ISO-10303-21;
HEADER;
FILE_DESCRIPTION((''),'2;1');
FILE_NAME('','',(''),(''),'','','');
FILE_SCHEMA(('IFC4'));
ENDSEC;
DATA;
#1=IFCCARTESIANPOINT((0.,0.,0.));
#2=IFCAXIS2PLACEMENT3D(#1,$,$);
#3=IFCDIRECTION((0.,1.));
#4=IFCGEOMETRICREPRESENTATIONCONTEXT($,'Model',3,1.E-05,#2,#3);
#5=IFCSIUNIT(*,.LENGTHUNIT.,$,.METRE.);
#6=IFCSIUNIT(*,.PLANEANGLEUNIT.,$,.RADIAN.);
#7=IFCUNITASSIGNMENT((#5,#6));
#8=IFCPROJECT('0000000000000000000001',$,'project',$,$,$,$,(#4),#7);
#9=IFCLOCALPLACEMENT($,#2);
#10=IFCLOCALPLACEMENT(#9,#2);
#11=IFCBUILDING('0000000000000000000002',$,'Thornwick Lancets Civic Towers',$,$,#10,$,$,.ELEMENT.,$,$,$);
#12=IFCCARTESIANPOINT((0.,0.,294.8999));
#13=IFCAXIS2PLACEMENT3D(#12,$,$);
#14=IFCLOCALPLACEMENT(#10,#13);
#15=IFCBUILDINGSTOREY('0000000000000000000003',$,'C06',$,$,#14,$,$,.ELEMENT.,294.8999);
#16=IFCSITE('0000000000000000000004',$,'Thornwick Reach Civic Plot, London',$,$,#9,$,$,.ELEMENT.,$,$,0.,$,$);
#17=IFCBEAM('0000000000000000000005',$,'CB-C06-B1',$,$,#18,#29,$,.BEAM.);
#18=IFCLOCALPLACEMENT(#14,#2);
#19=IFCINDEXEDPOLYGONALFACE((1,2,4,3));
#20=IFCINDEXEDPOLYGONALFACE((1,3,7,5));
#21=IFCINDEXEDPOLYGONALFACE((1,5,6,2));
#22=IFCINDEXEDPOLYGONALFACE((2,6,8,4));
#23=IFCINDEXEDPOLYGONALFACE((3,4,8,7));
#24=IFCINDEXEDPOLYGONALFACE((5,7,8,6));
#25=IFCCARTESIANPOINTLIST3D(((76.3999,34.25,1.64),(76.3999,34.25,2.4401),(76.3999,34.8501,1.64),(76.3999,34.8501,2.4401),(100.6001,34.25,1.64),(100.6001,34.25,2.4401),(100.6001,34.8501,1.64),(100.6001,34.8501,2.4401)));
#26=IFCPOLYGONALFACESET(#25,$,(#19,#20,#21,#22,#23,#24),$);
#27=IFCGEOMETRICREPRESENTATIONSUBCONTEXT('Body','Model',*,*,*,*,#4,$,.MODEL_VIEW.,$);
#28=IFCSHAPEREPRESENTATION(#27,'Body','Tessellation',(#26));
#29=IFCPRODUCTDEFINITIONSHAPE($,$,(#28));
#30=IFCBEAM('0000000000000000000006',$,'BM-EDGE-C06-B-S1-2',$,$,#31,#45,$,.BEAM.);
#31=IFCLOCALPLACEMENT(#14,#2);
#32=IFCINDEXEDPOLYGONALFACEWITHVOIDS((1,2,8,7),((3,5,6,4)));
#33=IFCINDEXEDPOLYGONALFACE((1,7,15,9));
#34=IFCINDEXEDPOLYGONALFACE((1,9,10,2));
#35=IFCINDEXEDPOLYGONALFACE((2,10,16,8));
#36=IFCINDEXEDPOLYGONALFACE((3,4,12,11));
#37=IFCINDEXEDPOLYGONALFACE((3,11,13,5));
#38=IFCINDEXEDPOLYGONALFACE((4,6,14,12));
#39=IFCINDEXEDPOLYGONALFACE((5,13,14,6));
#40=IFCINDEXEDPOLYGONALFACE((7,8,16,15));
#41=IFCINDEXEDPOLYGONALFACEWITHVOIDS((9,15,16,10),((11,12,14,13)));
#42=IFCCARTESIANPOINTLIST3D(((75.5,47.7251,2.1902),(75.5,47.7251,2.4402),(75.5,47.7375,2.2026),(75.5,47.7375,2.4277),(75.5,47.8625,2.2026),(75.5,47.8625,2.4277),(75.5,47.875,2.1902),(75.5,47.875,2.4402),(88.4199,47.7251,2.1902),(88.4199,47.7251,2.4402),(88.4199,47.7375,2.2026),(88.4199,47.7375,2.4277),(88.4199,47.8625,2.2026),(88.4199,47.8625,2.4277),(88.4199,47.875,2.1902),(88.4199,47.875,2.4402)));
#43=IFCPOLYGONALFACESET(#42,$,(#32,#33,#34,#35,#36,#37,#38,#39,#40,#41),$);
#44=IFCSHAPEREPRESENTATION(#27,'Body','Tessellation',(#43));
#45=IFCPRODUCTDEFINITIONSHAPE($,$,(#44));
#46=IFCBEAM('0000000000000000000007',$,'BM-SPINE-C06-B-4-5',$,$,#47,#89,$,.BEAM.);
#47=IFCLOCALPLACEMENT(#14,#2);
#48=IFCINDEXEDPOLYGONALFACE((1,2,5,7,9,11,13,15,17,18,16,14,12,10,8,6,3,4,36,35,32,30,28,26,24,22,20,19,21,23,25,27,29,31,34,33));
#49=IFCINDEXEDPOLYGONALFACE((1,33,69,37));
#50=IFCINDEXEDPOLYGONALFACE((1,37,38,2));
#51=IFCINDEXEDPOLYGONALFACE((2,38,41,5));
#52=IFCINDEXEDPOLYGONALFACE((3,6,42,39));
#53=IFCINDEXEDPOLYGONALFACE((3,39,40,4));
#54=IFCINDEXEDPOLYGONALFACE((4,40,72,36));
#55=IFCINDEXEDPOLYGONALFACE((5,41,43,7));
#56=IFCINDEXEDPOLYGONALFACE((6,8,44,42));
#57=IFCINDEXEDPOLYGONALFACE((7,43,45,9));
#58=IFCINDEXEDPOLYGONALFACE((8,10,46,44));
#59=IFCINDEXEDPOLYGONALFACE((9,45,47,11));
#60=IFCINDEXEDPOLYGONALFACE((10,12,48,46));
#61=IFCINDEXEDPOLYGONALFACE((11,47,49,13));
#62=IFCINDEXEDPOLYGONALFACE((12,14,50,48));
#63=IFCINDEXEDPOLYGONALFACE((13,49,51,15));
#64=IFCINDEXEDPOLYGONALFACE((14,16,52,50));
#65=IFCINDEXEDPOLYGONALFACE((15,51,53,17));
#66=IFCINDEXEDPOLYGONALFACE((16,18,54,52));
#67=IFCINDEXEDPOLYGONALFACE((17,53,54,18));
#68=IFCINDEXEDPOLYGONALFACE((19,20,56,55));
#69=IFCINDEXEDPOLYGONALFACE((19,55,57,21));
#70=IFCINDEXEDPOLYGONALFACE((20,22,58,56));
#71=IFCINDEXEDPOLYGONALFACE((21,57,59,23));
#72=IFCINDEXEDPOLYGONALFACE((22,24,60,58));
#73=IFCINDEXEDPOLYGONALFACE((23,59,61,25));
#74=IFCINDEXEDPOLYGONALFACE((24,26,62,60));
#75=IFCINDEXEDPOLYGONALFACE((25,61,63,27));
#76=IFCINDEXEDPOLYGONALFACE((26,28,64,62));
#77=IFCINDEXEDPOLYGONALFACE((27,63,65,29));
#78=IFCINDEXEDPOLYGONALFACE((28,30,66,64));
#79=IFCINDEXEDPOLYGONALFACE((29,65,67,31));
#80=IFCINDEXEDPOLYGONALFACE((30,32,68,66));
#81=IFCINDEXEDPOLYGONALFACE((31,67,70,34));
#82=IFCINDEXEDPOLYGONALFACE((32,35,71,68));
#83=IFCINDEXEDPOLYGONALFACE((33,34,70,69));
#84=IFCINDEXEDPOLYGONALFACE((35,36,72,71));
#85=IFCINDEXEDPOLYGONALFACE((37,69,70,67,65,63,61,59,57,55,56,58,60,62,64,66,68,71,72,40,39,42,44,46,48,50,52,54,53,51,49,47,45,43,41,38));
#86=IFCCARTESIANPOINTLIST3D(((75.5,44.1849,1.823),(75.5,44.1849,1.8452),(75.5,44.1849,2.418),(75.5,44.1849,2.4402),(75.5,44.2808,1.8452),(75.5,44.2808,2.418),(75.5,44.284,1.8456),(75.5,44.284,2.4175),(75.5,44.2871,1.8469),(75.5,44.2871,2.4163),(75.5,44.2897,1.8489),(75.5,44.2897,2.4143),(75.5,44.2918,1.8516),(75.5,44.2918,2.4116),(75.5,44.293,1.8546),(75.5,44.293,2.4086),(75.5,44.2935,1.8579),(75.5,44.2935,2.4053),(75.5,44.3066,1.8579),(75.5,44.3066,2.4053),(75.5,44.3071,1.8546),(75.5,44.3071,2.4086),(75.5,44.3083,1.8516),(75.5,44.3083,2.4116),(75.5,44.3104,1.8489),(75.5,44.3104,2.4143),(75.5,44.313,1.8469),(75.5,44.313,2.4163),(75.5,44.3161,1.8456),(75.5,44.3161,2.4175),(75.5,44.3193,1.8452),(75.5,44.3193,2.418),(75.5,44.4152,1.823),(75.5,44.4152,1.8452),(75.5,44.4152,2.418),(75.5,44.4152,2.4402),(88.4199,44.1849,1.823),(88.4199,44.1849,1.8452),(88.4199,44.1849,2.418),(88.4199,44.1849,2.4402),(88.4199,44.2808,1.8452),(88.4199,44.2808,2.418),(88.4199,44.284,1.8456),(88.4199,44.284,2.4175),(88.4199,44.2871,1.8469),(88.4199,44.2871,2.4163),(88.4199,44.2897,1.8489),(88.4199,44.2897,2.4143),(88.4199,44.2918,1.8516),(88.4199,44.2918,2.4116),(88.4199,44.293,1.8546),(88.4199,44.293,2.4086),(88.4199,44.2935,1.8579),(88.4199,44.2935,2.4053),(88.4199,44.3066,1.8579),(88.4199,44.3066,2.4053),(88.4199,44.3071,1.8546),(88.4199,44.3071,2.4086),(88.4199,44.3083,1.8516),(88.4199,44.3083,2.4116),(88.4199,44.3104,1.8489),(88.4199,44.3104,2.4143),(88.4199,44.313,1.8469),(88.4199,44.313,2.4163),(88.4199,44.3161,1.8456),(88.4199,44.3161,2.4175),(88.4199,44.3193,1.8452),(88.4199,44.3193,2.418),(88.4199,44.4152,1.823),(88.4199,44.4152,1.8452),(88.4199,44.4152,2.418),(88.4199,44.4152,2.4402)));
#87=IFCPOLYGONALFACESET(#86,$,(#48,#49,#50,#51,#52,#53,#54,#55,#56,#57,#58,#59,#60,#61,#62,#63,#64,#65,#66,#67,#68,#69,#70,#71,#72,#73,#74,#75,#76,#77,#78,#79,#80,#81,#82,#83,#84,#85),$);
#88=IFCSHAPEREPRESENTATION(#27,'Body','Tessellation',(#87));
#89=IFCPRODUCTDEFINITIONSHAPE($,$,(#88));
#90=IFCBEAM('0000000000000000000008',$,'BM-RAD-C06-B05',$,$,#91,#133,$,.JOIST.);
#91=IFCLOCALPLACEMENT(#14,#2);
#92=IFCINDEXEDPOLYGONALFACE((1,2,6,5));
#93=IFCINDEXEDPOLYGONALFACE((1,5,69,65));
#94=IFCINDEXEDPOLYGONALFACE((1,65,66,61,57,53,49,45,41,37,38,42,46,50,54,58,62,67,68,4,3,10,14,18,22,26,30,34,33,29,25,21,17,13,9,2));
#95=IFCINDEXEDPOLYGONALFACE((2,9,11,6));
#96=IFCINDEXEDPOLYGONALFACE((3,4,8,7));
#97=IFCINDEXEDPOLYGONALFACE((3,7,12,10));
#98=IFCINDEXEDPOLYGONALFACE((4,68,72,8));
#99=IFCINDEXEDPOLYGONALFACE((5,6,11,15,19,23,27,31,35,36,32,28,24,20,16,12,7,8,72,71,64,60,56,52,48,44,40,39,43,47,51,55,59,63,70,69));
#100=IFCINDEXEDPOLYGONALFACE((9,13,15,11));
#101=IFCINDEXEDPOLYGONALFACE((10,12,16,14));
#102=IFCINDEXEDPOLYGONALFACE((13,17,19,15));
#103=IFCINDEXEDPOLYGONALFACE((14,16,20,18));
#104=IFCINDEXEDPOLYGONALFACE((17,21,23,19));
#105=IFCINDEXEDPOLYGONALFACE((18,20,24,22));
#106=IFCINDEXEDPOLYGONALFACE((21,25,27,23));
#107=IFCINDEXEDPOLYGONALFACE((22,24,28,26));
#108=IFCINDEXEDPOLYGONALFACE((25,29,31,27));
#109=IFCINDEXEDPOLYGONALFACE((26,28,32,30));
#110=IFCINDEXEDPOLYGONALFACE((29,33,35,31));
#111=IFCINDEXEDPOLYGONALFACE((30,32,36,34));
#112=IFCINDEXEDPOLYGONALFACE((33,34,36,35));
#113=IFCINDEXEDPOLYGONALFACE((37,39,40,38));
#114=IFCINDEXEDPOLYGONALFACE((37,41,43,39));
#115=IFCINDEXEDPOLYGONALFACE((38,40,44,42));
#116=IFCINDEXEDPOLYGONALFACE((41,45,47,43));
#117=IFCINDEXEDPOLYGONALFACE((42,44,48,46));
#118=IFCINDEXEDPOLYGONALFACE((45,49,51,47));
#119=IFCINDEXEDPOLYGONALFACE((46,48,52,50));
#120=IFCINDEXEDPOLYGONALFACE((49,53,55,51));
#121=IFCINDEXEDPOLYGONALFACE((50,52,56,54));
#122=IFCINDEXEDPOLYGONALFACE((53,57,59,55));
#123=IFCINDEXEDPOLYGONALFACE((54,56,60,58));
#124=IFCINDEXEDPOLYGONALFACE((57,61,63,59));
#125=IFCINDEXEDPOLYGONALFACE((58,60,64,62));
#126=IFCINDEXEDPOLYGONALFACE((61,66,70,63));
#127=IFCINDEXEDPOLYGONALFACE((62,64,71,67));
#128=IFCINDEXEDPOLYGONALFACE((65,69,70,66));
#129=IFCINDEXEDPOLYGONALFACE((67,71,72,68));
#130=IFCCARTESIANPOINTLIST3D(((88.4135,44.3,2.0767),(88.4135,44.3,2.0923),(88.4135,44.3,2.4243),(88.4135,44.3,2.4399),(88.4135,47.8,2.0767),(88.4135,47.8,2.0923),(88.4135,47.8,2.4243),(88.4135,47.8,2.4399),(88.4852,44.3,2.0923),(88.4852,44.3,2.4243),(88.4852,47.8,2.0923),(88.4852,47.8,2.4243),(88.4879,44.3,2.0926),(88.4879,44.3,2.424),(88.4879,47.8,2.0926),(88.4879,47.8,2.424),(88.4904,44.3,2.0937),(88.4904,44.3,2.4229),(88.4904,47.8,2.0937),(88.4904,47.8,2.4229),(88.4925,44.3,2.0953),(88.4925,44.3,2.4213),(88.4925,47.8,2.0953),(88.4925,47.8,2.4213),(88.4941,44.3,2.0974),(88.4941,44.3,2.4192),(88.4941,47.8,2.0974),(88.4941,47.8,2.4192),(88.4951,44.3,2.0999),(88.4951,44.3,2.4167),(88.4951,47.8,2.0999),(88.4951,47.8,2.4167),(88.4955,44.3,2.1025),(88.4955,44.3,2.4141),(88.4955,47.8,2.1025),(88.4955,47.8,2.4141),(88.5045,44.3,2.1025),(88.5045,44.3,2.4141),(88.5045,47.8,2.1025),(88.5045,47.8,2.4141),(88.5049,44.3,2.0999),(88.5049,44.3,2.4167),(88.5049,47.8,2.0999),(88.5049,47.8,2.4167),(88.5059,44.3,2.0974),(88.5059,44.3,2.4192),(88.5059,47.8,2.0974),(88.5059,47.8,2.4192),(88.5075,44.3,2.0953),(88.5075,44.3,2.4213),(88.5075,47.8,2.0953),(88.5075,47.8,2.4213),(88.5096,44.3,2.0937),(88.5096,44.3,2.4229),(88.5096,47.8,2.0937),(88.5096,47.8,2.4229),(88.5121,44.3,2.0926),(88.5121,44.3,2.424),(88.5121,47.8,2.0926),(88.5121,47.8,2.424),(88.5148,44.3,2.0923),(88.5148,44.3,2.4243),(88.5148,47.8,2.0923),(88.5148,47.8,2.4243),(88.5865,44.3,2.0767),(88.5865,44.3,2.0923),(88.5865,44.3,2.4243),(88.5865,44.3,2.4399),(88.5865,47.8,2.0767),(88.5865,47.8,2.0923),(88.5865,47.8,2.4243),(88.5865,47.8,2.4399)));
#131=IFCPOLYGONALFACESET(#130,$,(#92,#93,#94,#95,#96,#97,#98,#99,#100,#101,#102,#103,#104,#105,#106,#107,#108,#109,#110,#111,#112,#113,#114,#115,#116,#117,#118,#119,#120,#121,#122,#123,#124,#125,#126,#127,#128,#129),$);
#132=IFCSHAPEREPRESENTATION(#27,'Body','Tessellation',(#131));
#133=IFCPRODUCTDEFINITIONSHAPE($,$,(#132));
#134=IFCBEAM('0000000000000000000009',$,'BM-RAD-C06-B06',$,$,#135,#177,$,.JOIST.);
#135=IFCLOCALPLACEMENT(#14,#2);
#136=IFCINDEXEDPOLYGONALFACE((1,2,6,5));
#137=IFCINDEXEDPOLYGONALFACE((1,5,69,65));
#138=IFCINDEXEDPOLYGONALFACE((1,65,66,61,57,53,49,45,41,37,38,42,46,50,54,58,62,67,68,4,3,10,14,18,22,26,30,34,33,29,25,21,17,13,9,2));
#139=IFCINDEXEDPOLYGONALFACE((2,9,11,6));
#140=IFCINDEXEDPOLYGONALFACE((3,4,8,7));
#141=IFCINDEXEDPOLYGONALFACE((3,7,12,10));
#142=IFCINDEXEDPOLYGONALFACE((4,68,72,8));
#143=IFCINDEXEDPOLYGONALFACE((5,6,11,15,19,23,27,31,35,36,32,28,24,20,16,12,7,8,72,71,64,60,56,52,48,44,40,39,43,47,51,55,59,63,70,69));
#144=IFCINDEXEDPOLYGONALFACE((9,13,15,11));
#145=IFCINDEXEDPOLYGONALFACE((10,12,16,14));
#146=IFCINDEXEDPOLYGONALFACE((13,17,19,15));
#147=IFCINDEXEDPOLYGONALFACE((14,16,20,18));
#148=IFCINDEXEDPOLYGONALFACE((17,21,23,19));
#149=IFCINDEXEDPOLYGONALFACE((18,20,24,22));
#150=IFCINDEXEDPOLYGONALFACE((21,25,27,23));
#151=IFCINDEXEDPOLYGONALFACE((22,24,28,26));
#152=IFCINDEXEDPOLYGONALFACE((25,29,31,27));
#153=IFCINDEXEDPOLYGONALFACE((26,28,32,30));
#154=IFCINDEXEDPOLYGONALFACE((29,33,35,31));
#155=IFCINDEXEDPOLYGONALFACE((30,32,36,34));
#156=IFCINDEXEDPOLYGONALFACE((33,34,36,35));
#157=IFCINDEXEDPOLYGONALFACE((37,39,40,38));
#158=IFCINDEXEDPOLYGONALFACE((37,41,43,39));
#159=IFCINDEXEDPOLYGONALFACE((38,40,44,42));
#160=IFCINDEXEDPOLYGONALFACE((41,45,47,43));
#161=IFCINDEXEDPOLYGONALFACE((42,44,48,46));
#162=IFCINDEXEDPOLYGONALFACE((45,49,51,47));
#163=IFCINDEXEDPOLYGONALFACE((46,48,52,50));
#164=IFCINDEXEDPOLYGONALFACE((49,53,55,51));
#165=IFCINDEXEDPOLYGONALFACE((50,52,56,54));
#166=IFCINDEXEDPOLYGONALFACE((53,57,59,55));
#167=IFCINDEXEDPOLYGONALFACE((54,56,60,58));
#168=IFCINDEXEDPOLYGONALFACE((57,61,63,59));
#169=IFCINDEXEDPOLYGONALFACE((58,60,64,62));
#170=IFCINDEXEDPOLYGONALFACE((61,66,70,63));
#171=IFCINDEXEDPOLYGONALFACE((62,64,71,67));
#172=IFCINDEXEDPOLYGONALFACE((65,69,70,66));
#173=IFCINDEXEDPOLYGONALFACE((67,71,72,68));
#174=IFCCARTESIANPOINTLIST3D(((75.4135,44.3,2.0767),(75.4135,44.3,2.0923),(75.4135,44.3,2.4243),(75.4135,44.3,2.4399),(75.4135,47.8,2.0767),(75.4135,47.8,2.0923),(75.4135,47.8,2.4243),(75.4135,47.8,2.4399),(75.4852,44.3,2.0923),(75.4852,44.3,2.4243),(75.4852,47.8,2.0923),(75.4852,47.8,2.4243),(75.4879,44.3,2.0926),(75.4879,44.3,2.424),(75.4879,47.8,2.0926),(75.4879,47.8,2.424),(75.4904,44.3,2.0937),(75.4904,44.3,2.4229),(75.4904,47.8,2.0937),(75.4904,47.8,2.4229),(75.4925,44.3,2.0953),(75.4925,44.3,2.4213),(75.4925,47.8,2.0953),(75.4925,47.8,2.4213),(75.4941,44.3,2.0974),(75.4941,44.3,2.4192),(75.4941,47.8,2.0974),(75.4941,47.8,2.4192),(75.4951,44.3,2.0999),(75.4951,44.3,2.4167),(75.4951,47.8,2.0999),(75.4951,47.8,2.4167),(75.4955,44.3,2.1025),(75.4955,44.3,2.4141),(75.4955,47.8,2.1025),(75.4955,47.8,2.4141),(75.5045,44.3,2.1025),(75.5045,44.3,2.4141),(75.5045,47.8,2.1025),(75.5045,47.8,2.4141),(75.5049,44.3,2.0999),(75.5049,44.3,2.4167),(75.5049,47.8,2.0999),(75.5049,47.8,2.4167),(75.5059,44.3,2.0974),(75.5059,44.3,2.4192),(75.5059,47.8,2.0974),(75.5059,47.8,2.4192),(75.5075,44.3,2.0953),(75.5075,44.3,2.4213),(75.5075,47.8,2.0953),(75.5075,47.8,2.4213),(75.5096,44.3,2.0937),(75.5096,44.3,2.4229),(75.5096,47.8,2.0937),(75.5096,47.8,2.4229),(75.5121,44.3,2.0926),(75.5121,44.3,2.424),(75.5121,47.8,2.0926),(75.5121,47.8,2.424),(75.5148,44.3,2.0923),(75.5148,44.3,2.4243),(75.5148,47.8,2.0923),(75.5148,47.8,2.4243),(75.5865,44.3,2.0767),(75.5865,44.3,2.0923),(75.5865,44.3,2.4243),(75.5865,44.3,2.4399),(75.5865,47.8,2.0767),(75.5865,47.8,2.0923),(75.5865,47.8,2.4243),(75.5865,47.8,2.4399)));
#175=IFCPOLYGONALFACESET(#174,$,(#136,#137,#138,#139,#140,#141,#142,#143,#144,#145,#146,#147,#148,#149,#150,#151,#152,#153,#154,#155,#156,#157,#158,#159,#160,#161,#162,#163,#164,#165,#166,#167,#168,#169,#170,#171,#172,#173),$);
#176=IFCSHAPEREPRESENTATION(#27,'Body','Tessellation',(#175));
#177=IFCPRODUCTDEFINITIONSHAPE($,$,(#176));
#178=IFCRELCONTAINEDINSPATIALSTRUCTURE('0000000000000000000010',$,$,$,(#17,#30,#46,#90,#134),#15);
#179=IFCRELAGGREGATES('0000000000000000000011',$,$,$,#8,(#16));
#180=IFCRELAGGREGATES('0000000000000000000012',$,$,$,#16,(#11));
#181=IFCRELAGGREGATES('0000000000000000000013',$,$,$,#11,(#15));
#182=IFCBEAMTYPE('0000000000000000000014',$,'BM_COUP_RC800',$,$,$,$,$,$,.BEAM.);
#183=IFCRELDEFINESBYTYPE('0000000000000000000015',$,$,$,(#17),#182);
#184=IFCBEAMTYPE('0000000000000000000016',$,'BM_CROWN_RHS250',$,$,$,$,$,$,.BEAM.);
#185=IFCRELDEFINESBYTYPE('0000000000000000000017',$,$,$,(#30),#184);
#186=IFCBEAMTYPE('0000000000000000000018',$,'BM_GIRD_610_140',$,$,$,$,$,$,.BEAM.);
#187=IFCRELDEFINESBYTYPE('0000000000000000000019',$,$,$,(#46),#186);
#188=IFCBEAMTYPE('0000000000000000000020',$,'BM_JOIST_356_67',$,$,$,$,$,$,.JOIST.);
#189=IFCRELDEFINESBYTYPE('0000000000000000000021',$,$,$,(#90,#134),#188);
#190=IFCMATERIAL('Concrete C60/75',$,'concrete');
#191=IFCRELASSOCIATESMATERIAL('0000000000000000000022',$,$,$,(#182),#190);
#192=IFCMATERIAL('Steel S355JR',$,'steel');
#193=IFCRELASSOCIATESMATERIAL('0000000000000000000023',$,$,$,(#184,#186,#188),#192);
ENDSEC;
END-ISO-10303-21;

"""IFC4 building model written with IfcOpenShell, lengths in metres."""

from ifc_helpers import new_model, si_unit, direction, frame, origin, origin_2d, place, context, subcontext, project, spatial, rectangle, hollow_rectangle, i_section, extrude, material, material_profile, profile_set, type_object, element, save


model = new_model("IFC4")

# Units and contexts
model_context = context("Model", 3, precision=1e-05, world=origin(), true_north=direction((0.0, 1.0)))
body_context = subcontext(model_context, "Body", "Model", "MODEL_VIEW")
ifc_project = project(units=[si_unit("LENGTHUNIT", "METRE"), si_unit("PLANEANGLEUNIT", "RADIAN")], contexts=[model_context])

# Site, building, storey
site_placement = place(None, origin())
site = spatial("IfcSite", under=ifc_project, at=site_placement, Name="Thornwick Reach Civic Plot, London", CompositionType="ELEMENT", RefElevation=0.0)
building_placement = place(site_placement, origin())
building = spatial("IfcBuilding", under=site, at=building_placement, Name="Thornwick Lancets Civic Towers", CompositionType="ELEMENT")
storey_placement = place(building_placement, frame((0.0, 0.0, 294.8999)))
storey = spatial("IfcBuildingStorey", under=building, at=storey_placement, Name="C06", CompositionType="ELEMENT", Elevation=294.8999)

# Shared definitions
ifc_material_1 = material(Name="Steel S355JR", Category="steel")

# Beams
ifc_material_2 = material(Name="Concrete C60/75", Category="concrete")
ifc_material_profile_1 = material_profile(ifc_material_2, rectangle(XDim=0.6001, YDim=0.8, at=origin_2d()), Name="RC 600x800")
ifc_profile_set_1 = profile_set([ifc_material_profile_1], Name="Concrete C60/75")
beam_type_1 = type_object("IfcBeamType", Name="BM_COUP_RC800", PredefinedType="BEAM", material=ifc_profile_set_1)
beam_1_placement = place(storey_placement, frame((76.3999, 34.55, 2.04), z_axis=(1.0, 0.0, 0.0), x_axis=(0.0, 1.0, 0.0)))
element("IfcBeam", 1, at=beam_1_placement, inside=storey, type_object=beam_type_1, Name="CB-C06-B1", PredefinedType="BEAM", context=body_context, shape_type="SweptSolid", body=[
    extrude(rectangle(XDim=0.6001, YDim=0.8, at=origin_2d()), origin(), (0.0, 0.0, 1.0), 24.2002),
])
ifc_material_profile_2 = material_profile(ifc_material_1, hollow_rectangle(XDim=0.1499, YDim=0.25, WallThickness=0.0125, at=origin_2d()), Name="RHS 250x150x12.5")
ifc_profile_set_2 = profile_set([ifc_material_profile_2], Name="Steel S355JR")
beam_type_2 = type_object("IfcBeamType", Name="BM_CROWN_RHS250", PredefinedType="BEAM", material=ifc_profile_set_2)
beam_2_placement = place(storey_placement, frame((88.4199, 47.8, 2.3152), z_axis=(-1.0, 0.0, 0.0), x_axis=(0.0, -1.0, 0.0)))
element("IfcBeam", 2, at=beam_2_placement, inside=storey, type_object=beam_type_2, Name="BM-EDGE-C06-B-S1-2", PredefinedType="BEAM", context=body_context, shape_type="SweptSolid", body=[
    extrude(hollow_rectangle(XDim=0.1499, YDim=0.25, WallThickness=0.0125, at=origin_2d()), origin(), (0.0, 0.0, 1.0), 12.9199),
])
ifc_material_profile_3 = material_profile(ifc_material_1, i_section(OverallWidth=0.2302, OverallDepth=0.6172, WebThickness=0.0132, FlangeThickness=0.0222, FilletRadius=0.0127, at=origin_2d()), Name="UKB 610x229x140")
ifc_profile_set_3 = profile_set([ifc_material_profile_3], Name="Steel S355JR")
beam_type_3 = type_object("IfcBeamType", Name="BM_GIRD_610_140", PredefinedType="BEAM", material=ifc_profile_set_3)
beam_3_placement = place(storey_placement, frame((88.4199, 44.3, 2.1316), z_axis=(-1.0, 0.0, 0.0), x_axis=(0.0, -1.0, 0.0)))
element("IfcBeam", 3, at=beam_3_placement, inside=storey, type_object=beam_type_3, Name="BM-SPINE-C06-B-4-5", PredefinedType="BEAM", context=body_context, shape_type="SweptSolid", body=[
    extrude(i_section(OverallWidth=0.2302, OverallDepth=0.6172, WebThickness=0.0132, FlangeThickness=0.0222, FilletRadius=0.0127, at=origin_2d()), origin(), (0.0, 0.0, 1.0), 12.9199),
])
ifc_material_profile_4 = material_profile(ifc_material_1, i_section(OverallWidth=0.1731, OverallDepth=0.3633, WebThickness=0.009, FlangeThickness=0.0156, FilletRadius=0.0103, at=origin_2d()), Name="UKB 356x171x67")
ifc_profile_set_4 = profile_set([ifc_material_profile_4], Name="Steel S355JR")
beam_type_4 = type_object("IfcBeamType", Name="BM_JOIST_356_67", PredefinedType="JOIST", material=ifc_profile_set_4)
for number, where, z_axis, x_axis, name in (
    (4, (88.5, 44.3, 2.2583), (0.0, 1.0, 0.0), (-1.0, 0.0, 0.0), "BM-RAD-C06-B05"),
    (5, (75.5, 44.3, 2.2583), (0.0, 1.0, 0.0), (-1.0, 0.0, 0.0), "BM-RAD-C06-B06"),
):
    element("IfcBeam", number, at=place(storey_placement, frame(where, z_axis=z_axis, x_axis=x_axis)), inside=storey, type_object=beam_type_4, Name=name, PredefinedType="JOIST", context=body_context, shape_type="SweptSolid", body=[
        extrude(i_section(OverallWidth=0.1731, OverallDepth=0.3633, WebThickness=0.009, FlangeThickness=0.0156, FilletRadius=0.0103, at=origin_2d()), origin(), (0.0, 0.0, 1.0), 3.5),
    ])

save(model, "model.ifc")
